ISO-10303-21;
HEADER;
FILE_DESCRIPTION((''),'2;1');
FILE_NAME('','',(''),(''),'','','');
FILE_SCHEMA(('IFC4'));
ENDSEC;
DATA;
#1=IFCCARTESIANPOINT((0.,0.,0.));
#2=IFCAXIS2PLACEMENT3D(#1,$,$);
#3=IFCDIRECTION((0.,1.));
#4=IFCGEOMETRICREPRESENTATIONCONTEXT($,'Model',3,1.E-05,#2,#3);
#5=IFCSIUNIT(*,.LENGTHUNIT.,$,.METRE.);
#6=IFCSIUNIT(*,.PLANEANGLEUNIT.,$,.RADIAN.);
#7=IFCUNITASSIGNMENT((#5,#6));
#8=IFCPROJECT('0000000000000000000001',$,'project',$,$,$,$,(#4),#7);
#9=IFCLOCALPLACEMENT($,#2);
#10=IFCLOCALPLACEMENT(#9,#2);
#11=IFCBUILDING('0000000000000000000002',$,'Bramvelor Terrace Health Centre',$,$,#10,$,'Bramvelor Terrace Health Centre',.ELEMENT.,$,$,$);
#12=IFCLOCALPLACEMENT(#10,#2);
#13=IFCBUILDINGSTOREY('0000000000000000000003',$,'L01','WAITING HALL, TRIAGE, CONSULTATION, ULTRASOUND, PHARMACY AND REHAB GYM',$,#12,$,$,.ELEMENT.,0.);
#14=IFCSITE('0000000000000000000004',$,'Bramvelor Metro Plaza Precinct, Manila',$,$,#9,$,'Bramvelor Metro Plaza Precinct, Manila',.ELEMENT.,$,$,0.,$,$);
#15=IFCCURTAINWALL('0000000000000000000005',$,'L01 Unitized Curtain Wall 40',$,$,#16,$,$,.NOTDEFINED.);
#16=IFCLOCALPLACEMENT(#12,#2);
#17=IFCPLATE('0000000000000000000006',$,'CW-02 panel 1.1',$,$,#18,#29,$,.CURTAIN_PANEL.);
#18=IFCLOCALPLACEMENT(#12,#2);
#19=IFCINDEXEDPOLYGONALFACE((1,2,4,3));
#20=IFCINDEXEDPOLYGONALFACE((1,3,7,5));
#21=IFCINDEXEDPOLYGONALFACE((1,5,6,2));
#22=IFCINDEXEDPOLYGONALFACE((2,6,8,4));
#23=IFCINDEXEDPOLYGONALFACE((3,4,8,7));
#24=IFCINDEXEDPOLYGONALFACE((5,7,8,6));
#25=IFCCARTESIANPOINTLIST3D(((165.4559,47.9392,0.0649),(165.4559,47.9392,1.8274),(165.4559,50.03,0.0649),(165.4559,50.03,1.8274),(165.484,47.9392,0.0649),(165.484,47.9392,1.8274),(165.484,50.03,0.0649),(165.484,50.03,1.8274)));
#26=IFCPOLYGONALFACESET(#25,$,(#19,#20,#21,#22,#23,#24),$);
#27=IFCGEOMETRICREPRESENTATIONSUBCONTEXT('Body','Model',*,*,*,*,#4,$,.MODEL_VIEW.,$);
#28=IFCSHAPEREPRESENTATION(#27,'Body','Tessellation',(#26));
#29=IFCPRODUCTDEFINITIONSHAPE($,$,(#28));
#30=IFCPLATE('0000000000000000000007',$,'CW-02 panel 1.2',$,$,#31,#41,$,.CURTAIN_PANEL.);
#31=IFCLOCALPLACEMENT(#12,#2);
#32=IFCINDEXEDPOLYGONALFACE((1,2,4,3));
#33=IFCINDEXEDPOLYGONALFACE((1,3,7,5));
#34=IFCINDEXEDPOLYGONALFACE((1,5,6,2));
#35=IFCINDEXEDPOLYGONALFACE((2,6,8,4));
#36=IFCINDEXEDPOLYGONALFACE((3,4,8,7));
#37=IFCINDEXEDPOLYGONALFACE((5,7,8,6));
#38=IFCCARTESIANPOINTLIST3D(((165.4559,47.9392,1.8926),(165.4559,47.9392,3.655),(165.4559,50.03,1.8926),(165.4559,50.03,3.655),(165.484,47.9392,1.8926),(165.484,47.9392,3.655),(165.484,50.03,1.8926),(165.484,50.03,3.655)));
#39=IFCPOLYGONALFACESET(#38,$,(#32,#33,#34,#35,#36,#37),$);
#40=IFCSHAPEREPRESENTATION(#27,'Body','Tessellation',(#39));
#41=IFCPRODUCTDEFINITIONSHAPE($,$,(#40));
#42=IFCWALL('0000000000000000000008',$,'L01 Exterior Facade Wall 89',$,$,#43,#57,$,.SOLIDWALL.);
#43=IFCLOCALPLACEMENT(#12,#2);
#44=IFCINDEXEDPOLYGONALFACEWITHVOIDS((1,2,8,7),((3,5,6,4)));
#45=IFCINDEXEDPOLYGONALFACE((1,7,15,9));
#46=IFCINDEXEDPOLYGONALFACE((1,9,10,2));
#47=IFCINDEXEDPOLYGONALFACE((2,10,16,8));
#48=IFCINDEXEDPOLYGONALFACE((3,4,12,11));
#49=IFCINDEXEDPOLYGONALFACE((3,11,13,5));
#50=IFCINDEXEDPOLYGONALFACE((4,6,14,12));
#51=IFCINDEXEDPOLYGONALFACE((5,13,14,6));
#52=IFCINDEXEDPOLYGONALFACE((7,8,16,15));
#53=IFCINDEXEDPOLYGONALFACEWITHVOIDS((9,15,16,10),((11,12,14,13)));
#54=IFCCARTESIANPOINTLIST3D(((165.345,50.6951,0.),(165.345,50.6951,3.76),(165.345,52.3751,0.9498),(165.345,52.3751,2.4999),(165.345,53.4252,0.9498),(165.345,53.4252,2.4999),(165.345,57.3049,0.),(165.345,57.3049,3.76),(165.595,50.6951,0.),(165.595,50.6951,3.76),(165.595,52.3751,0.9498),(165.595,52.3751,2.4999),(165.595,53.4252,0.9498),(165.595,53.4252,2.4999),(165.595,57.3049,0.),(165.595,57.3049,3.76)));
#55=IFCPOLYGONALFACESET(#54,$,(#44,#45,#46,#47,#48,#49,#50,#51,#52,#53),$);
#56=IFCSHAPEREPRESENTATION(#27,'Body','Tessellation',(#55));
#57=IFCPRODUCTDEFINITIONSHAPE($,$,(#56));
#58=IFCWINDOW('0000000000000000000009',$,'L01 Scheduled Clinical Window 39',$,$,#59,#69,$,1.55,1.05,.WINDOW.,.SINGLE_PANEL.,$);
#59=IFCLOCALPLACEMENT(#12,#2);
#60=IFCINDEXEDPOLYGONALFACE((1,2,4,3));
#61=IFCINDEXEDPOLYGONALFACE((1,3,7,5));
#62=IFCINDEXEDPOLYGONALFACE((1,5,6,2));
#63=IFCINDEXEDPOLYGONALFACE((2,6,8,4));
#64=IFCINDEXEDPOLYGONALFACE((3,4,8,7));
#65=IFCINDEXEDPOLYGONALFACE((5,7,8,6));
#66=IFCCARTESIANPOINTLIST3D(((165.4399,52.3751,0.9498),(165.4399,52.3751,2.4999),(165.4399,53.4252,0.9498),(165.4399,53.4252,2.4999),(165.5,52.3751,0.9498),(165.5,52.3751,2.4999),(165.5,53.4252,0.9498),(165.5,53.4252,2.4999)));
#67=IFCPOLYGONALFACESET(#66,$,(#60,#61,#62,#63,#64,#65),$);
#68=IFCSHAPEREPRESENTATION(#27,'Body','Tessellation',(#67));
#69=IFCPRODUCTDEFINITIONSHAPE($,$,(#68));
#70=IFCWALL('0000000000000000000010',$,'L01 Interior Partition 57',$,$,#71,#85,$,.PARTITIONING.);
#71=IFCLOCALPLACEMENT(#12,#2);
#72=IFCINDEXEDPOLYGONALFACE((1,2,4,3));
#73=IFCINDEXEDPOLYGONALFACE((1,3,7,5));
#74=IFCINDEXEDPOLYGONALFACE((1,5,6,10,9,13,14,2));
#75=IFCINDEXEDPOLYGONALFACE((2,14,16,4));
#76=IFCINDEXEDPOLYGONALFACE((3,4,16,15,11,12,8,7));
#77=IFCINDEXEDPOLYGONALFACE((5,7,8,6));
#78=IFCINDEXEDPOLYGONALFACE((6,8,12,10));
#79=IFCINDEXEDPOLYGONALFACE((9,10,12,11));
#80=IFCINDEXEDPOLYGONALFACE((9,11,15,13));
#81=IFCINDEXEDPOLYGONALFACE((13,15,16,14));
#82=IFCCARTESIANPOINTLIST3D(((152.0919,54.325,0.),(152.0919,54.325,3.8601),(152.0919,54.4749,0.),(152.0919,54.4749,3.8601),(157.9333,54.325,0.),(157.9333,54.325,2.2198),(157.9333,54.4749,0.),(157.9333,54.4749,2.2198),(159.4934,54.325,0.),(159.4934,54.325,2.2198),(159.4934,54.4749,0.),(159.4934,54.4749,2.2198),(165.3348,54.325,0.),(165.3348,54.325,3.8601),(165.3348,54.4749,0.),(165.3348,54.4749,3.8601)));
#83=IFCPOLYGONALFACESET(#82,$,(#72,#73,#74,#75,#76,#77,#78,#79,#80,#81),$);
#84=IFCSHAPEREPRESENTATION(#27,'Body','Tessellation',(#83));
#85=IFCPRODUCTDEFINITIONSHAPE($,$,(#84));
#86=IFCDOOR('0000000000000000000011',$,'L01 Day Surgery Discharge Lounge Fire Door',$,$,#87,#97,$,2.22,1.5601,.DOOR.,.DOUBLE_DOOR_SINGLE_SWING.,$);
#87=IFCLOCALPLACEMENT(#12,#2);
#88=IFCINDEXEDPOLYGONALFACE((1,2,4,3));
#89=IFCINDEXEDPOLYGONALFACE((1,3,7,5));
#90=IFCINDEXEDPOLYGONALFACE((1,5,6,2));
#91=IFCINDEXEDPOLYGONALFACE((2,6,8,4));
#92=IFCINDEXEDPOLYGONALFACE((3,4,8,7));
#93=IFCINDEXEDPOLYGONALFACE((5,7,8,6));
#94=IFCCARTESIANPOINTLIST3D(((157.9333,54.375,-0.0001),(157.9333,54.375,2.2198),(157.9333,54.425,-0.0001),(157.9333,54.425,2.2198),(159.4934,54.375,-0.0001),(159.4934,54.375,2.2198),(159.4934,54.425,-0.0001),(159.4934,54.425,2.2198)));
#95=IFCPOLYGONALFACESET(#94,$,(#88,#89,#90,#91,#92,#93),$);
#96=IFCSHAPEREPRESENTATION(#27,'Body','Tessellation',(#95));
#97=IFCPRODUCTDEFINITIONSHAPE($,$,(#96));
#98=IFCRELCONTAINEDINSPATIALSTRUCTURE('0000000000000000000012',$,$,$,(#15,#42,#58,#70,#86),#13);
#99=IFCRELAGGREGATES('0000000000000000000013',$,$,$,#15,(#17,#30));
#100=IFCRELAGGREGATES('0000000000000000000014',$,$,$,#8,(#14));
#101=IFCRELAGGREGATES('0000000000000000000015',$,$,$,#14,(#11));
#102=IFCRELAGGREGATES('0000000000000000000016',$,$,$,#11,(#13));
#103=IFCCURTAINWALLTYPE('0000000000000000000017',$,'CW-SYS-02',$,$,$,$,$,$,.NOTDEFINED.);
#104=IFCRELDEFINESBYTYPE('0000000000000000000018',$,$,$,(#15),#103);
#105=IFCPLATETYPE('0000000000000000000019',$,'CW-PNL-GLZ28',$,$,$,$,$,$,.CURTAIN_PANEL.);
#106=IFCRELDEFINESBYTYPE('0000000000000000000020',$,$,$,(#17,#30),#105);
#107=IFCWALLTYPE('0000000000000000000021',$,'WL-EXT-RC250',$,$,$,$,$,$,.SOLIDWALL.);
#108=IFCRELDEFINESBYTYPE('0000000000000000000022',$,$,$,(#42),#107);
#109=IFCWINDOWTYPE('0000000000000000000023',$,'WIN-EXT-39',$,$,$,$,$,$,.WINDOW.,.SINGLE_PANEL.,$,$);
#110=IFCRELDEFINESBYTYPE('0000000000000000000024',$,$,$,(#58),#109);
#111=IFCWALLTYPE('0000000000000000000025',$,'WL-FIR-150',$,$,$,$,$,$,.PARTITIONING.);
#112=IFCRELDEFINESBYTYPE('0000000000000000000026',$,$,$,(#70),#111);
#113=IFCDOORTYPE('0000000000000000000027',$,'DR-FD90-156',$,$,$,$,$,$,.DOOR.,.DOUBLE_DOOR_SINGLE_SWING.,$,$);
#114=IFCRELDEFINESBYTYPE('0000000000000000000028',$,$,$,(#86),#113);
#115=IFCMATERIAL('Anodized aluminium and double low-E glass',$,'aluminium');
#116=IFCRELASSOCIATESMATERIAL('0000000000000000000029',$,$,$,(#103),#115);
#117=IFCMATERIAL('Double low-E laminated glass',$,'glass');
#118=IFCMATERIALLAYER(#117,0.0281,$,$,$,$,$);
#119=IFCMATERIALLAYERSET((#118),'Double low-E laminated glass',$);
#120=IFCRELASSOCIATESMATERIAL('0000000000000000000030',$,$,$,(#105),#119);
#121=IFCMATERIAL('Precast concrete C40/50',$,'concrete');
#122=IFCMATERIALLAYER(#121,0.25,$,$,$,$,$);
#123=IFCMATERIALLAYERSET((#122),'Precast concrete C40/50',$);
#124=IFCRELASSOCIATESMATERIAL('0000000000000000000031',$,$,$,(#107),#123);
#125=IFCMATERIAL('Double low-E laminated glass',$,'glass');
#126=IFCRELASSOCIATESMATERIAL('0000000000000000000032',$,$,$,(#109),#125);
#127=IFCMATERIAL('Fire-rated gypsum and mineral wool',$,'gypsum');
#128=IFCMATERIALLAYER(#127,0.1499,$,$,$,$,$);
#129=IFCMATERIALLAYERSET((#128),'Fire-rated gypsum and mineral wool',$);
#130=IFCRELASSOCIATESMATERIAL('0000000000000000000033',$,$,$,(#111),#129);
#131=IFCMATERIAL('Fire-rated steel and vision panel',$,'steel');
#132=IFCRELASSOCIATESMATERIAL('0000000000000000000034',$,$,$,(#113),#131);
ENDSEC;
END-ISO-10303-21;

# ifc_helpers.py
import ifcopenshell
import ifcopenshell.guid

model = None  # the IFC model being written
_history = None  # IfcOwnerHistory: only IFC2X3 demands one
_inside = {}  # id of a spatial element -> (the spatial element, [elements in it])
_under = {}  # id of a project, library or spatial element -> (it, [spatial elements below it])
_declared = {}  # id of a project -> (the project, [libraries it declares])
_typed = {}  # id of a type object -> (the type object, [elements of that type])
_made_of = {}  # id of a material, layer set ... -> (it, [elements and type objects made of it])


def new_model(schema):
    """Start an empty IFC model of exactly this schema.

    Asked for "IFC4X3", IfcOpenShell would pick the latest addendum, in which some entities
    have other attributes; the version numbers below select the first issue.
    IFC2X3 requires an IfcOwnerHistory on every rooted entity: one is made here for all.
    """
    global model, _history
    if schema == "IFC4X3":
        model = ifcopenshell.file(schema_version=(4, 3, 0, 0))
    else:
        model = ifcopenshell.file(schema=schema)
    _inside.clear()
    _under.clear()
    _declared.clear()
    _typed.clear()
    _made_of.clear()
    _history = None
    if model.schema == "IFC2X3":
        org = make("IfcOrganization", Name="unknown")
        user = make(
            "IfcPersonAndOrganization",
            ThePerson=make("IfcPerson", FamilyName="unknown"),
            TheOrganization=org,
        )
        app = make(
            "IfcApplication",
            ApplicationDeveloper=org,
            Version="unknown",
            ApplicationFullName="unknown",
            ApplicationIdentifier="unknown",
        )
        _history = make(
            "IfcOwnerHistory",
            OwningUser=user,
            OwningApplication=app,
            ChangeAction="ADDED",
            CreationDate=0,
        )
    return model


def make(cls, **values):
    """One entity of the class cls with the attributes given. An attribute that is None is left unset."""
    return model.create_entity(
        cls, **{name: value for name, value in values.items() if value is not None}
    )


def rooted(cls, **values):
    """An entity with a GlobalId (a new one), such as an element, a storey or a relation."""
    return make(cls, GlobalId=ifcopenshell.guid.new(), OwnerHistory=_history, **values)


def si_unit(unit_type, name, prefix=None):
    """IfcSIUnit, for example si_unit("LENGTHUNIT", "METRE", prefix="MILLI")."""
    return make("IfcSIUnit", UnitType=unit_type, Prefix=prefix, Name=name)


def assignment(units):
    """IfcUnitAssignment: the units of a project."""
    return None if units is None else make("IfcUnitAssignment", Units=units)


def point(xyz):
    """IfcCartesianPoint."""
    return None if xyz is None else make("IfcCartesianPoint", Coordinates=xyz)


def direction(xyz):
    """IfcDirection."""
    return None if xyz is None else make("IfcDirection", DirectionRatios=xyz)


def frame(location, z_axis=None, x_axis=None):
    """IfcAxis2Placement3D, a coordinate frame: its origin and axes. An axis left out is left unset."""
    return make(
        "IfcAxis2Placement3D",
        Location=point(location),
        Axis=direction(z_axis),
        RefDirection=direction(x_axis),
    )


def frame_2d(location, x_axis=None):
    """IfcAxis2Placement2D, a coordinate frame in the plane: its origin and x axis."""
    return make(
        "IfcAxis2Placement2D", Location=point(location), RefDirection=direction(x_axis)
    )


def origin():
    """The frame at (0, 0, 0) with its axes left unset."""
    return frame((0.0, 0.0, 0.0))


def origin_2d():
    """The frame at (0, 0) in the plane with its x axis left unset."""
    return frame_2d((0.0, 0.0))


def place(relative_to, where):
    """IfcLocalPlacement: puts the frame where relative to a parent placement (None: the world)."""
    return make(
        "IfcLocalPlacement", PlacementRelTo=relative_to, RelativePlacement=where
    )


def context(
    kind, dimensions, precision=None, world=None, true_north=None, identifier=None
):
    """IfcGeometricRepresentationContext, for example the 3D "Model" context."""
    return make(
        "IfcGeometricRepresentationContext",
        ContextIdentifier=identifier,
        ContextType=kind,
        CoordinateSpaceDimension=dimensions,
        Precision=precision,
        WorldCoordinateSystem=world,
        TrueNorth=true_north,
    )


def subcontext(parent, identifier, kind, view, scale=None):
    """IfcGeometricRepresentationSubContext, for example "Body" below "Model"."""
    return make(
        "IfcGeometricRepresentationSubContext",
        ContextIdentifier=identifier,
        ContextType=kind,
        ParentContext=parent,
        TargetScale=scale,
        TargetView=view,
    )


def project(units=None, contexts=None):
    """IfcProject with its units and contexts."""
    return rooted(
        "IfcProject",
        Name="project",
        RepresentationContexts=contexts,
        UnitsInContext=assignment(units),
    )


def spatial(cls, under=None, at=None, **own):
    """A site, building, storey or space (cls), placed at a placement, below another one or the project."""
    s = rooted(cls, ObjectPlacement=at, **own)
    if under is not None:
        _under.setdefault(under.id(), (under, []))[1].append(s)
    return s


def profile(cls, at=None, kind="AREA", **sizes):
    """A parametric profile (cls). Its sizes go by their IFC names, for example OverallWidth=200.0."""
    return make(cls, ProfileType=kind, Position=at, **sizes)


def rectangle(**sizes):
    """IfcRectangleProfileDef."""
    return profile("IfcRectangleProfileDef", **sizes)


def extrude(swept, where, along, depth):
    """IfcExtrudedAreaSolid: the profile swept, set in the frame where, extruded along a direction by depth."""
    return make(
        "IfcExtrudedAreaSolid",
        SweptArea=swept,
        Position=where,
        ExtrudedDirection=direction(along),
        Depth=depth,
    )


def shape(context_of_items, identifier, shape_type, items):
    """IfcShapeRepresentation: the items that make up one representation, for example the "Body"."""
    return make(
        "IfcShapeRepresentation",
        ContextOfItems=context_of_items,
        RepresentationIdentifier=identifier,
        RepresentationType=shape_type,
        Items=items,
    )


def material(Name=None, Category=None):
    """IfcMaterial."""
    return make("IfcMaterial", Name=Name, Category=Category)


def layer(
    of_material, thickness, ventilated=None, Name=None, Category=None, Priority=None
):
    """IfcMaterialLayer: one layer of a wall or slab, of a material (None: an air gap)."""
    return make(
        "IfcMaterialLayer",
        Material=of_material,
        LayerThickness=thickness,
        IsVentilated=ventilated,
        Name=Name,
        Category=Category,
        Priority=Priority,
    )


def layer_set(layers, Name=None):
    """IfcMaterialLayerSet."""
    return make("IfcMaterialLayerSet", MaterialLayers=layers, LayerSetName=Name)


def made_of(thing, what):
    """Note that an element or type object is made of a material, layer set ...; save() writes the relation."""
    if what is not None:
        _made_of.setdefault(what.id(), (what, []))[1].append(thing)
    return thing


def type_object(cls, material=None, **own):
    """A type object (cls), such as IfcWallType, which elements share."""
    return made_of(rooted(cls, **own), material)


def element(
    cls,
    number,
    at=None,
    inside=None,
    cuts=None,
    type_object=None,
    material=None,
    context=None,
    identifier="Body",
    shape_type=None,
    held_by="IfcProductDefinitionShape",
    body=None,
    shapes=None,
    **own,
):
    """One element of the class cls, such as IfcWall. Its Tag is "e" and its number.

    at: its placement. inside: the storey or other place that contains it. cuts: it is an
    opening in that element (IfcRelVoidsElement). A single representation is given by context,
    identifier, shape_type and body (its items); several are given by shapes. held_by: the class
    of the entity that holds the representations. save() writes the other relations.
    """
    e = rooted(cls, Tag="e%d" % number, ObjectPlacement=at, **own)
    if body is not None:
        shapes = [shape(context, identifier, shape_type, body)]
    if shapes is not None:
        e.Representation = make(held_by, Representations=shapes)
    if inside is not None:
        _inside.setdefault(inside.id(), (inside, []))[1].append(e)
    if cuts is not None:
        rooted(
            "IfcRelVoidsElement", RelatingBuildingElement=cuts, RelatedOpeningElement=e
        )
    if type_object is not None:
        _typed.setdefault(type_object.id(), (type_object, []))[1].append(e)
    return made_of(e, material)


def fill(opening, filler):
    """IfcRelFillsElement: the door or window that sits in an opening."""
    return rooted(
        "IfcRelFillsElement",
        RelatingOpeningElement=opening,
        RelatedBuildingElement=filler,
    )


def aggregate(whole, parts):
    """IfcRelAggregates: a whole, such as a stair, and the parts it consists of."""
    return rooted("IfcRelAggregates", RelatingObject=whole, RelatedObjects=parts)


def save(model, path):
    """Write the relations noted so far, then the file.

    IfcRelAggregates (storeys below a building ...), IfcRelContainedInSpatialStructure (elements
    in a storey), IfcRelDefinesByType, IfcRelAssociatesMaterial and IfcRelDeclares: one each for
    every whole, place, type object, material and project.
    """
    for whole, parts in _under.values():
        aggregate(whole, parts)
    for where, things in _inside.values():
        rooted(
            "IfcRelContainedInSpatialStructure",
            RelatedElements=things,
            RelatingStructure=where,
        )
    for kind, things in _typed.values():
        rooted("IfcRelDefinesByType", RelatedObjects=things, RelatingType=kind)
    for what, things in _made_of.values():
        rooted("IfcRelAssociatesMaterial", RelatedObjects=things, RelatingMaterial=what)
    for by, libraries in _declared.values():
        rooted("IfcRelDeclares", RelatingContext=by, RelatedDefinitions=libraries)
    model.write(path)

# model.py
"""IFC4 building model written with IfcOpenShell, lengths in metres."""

from ifc_helpers import new_model, si_unit, direction, frame, frame_2d, origin, origin_2d, place, context, subcontext, project, spatial, rectangle, extrude, material, layer, layer_set, type_object, element, fill, aggregate, save


model = new_model("IFC4")

# Units and contexts
model_context = context("Model", 3, precision=1e-05, world=origin(), true_north=direction((0.0, 1.0)))
body_context = subcontext(model_context, "Body", "Model", "MODEL_VIEW")
ifc_project = project(units=[si_unit("LENGTHUNIT", "METRE"), si_unit("PLANEANGLEUNIT", "RADIAN")], contexts=[model_context])

# Site, building, storey
site_placement = place(None, origin())
site = spatial("IfcSite", under=ifc_project, at=site_placement, Name="Bramvelor Metro Plaza Precinct, Manila", LongName="Bramvelor Metro Plaza Precinct, Manila", CompositionType="ELEMENT", RefElevation=0.0)
building_placement = place(site_placement, origin())
building = spatial("IfcBuilding", under=site, at=building_placement, Name="Bramvelor Terrace Health Centre", LongName="Bramvelor Terrace Health Centre", CompositionType="ELEMENT")
storey_placement = place(building_placement, origin())
storey = spatial("IfcBuildingStorey", under=building, at=storey_placement, Name="L01", Description="WAITING HALL, TRIAGE, CONSULTATION, ULTRASOUND, PHARMACY AND REHAB GYM", CompositionType="ELEMENT", Elevation=0.0)

# Curtain wall, plates
ifc_material_1 = material(Name="Anodized aluminium and double low-E glass", Category="aluminium")
curtain_wall_type = type_object("IfcCurtainWallType", Name="CW-SYS-02", PredefinedType="NOTDEFINED", material=ifc_material_1)
curtain_wall_placement = place(storey_placement, origin())
curtain_wall = element("IfcCurtainWall", 1, at=curtain_wall_placement, inside=storey, type_object=curtain_wall_type, Name="L01 Unitized Curtain Wall 40", PredefinedType="NOTDEFINED")
ifc_material_2 = material(Name="Double low-E laminated glass", Category="glass")
ifc_layer_1 = layer(ifc_material_2, 0.0281)
ifc_layer_set_1 = layer_set([ifc_layer_1], Name="Double low-E laminated glass")
plate_type = type_object("IfcPlateType", Name="CW-PNL-GLZ28", PredefinedType="CURTAIN_PANEL", material=ifc_layer_set_1)
plate_1_placement = place(storey_placement, frame((165.47, 48.9846, 0.0649), z_axis=(0.0, 0.0, 1.0), x_axis=(0.0, -1.0, 0.0)))
plate_1 = element("IfcPlate", 2, at=plate_1_placement, type_object=plate_type, Name="CW-02 panel 1.1", PredefinedType="CURTAIN_PANEL", context=body_context, shape_type="SweptSolid", body=[
    extrude(rectangle(XDim=2.0908, YDim=0.0281, at=origin_2d()), origin(), (0.0, 0.0, 1.0), 1.7625),
])
plate_2_placement = place(storey_placement, frame((165.47, 48.9846, 1.8926), z_axis=(0.0, 0.0, 1.0), x_axis=(0.0, -1.0, 0.0)))
plate_2 = element("IfcPlate", 3, at=plate_2_placement, type_object=plate_type, Name="CW-02 panel 1.2", PredefinedType="CURTAIN_PANEL", context=body_context, shape_type="SweptSolid", body=[
    extrude(rectangle(XDim=2.0908, YDim=0.0281, at=origin_2d()), origin(), (0.0, 0.0, 1.0), 1.7625),
])
aggregate(curtain_wall, [plate_1, plate_2])

# Wall, opening, window
ifc_material_3 = material(Name="Precast concrete C40/50", Category="concrete")
ifc_layer_2 = layer(ifc_material_3, 0.25)
ifc_layer_set_2 = layer_set([ifc_layer_2], Name="Precast concrete C40/50")
wall_type_1 = type_object("IfcWallType", Name="WL-EXT-RC250", PredefinedType="SOLIDWALL", material=ifc_layer_set_2)
wall_1_placement = place(storey_placement, frame((165.47, 57.3049, 0.0), z_axis=(0.0, 0.0, 1.0), x_axis=(0.0, -1.0, 0.0)))
wall_1 = element("IfcWall", 4, at=wall_1_placement, inside=storey, type_object=wall_type_1, Name="L01 Exterior Facade Wall 89", PredefinedType="SOLIDWALL", context=body_context, shape_type="SweptSolid", body=[
    extrude(rectangle(XDim=6.6099, YDim=0.25, at=frame_2d((3.3049, 0.0))), origin(), (0.0, 0.0, 1.0), 3.76),
])
opening_1_placement = place(wall_1_placement, frame((3.8799, 0.0, 0.95)))
opening_1 = element("IfcOpeningElement", 5, at=opening_1_placement, cuts=wall_1, PredefinedType="OPENING", context=body_context, shape_type="SweptSolid", body=[
    extrude(rectangle(XDim=1.05, YDim=1.55, at=frame_2d((0.5249, 0.7749))), frame((0.0, 0.135, 0.0), z_axis=(0.0, -1.0, 0.0), x_axis=(1.0, 0.0, 0.0)), (0.0, 0.0, 1.0), 0.27),
])
ifc_material_4 = material(Name="Double low-E laminated glass", Category="glass")
window_type = type_object("IfcWindowType", Name="WIN-EXT-39", PartitioningType="SINGLE_PANEL", PredefinedType="WINDOW", material=ifc_material_4)
window_placement = place(opening_1_placement, origin())
window = element("IfcWindow", 6, at=window_placement, inside=storey, type_object=window_type, Name="L01 Scheduled Clinical Window 39", OverallHeight=1.55, OverallWidth=1.05, PartitioningType="SINGLE_PANEL", PredefinedType="WINDOW", context=body_context, shape_type="SweptSolid", body=[
    extrude(rectangle(XDim=1.05, YDim=1.55, at=frame_2d((0.5249, 0.7749))), frame((0.0, 0.03, 0.0), z_axis=(0.0, -1.0, 0.0), x_axis=(1.0, 0.0, 0.0)), (0.0, 0.0, 1.0), 0.0601),
])
fill(opening_1, window)

# Wall, opening, door
ifc_material_5 = material(Name="Fire-rated gypsum and mineral wool", Category="gypsum")
ifc_layer_3 = layer(ifc_material_5, 0.1499)
ifc_layer_set_3 = layer_set([ifc_layer_3], Name="Fire-rated gypsum and mineral wool")
wall_type_2 = type_object("IfcWallType", Name="WL-FIR-150", PredefinedType="PARTITIONING", material=ifc_layer_set_3)
wall_2_placement = place(storey_placement, frame((165.335, 54.3999, 0.0), z_axis=(0.0, 0.0, 1.0), x_axis=(-1.0, 0.0, 0.0)))
wall_2 = element("IfcWall", 7, at=wall_2_placement, inside=storey, type_object=wall_type_2, Name="L01 Interior Partition 57", PredefinedType="PARTITIONING", context=body_context, shape_type="SweptSolid", body=[
    extrude(rectangle(XDim=13.2429, YDim=0.1499, at=frame_2d((6.6216, 0.0))), origin(), (0.0, 0.0, 1.0), 3.8601),
])
opening_2_placement = place(wall_2_placement, frame((5.8416, 0.0, 0.0)))
opening_2 = element("IfcOpeningElement", 8, at=opening_2_placement, cuts=wall_2, PredefinedType="OPENING", context=body_context, shape_type="SweptSolid", body=[
    extrude(rectangle(XDim=1.5601, YDim=2.22, at=frame_2d((0.78, 1.1099))), frame((0.0, 0.085, 0.0), z_axis=(0.0, -1.0, 0.0), x_axis=(1.0, 0.0, 0.0)), (0.0, 0.0, 1.0), 0.1699),
])
ifc_material_6 = material(Name="Fire-rated steel and vision panel", Category="steel")
door_type = type_object("IfcDoorType", Name="DR-FD90-156", OperationType="DOUBLE_DOOR_SINGLE_SWING", PredefinedType="DOOR", material=ifc_material_6)
door_placement = place(opening_2_placement, origin())
door = element("IfcDoor", 9, at=door_placement, inside=storey, type_object=door_type, Name="L01 Day Surgery Discharge Lounge Fire Door", OperationType="DOUBLE_DOOR_SINGLE_SWING", OverallHeight=2.22, OverallWidth=1.5601, PredefinedType="DOOR", context=body_context, shape_type="SweptSolid", body=[
    extrude(rectangle(XDim=1.5601, YDim=2.22, at=frame_2d((0.78, 1.1099))), frame((0.0, 0.0249, 0.0), z_axis=(0.0, -1.0, 0.0), x_axis=(1.0, 0.0, 0.0)), (0.0, 0.0, 1.0), 0.05),
])
fill(opening_2, door)

save(model, "model.ifc")
